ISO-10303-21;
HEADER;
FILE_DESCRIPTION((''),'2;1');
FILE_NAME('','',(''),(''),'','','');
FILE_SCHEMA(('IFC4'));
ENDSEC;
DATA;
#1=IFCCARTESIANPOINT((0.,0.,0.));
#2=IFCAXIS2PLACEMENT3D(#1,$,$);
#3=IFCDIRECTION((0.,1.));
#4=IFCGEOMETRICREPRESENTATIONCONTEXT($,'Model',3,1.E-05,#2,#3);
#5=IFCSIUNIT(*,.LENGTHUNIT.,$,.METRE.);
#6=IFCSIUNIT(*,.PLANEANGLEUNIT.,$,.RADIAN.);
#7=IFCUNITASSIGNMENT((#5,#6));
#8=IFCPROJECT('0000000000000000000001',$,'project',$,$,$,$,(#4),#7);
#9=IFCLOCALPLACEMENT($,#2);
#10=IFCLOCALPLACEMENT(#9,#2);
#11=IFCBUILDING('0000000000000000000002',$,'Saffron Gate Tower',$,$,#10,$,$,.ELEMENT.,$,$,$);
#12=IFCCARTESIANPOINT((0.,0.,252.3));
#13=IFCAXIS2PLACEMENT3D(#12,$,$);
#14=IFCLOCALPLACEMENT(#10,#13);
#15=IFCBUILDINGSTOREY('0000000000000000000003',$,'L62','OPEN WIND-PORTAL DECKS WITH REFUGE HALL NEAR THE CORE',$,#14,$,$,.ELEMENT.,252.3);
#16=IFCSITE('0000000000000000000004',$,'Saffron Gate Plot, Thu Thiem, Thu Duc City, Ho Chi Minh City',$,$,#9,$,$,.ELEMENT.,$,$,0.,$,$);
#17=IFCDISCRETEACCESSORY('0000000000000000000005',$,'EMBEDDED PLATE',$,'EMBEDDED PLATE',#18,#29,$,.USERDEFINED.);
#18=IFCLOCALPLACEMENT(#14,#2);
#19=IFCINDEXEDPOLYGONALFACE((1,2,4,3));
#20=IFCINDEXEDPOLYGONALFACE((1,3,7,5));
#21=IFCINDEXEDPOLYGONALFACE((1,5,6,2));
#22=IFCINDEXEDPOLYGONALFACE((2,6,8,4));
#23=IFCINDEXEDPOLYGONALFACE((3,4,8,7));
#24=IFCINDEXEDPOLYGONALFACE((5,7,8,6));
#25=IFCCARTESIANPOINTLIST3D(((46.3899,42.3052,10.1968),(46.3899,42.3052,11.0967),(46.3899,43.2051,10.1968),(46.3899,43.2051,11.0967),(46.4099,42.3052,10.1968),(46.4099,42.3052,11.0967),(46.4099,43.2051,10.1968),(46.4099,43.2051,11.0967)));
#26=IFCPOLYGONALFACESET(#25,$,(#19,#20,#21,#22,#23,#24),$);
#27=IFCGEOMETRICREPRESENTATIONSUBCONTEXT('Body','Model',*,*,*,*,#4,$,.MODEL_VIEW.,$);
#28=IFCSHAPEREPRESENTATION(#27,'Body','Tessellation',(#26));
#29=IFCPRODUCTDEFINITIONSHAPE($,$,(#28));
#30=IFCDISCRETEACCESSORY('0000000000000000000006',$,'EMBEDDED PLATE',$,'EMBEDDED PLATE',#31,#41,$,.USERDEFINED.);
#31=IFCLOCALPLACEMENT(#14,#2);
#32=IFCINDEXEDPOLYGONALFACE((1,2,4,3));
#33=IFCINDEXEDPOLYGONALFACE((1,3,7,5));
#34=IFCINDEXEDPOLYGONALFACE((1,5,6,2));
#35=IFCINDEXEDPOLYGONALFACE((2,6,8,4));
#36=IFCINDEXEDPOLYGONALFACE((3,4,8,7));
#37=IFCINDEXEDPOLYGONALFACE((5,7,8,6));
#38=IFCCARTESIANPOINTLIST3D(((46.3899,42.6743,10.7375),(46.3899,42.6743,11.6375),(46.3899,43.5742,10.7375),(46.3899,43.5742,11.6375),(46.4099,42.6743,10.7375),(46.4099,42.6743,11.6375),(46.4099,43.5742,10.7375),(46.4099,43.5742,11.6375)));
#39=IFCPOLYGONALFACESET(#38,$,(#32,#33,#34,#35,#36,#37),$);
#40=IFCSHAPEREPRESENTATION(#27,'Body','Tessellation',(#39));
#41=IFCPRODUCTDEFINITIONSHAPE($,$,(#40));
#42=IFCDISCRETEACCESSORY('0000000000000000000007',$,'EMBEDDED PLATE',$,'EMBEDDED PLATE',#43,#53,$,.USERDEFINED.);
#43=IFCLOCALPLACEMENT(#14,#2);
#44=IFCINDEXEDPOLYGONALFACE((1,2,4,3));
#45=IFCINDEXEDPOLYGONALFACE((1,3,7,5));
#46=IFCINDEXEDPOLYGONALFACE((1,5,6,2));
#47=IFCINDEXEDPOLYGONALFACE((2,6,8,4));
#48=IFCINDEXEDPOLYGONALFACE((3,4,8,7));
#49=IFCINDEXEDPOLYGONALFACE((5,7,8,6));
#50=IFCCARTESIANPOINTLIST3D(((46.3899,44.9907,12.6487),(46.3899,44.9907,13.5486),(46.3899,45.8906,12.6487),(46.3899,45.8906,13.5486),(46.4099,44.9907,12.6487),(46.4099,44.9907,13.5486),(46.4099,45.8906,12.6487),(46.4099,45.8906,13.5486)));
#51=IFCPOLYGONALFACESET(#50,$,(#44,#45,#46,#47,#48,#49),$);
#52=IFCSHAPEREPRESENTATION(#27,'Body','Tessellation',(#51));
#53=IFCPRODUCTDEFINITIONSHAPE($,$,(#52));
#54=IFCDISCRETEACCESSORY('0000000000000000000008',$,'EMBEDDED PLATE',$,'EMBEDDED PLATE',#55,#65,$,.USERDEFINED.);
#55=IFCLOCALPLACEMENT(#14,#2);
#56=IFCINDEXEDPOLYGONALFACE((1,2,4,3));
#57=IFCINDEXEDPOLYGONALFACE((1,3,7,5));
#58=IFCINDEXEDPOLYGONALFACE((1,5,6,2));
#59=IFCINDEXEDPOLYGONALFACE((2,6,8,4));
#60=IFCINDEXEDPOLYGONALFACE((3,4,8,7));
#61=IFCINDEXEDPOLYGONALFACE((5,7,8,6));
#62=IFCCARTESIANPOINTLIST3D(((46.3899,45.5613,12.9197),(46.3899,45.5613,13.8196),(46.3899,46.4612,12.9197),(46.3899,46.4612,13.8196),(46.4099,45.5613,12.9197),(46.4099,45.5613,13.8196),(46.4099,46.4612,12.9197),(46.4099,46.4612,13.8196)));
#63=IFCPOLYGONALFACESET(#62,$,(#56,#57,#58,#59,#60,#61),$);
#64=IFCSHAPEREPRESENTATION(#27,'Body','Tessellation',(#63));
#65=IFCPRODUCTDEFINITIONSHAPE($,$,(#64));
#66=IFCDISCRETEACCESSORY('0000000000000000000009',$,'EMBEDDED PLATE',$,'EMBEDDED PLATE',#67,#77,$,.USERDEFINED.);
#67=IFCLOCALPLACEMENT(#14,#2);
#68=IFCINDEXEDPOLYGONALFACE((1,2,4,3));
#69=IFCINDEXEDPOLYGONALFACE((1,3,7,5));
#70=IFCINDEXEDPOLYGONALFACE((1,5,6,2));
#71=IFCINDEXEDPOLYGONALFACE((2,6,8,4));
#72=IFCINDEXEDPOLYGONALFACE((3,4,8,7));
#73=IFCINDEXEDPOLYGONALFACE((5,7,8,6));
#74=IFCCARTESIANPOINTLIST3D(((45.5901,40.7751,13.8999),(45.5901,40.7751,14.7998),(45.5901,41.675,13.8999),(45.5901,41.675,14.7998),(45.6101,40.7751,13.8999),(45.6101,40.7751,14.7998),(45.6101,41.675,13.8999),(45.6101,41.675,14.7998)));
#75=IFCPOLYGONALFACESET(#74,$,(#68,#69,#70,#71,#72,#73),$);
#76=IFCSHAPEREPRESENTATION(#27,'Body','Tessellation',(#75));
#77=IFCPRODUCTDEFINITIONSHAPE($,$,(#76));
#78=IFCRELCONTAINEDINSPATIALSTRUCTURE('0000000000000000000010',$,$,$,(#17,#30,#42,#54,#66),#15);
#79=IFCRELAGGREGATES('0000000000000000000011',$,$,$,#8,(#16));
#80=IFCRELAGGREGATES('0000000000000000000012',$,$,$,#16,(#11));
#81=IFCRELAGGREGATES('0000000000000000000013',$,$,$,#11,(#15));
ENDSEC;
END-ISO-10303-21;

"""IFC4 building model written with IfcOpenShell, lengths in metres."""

from ifc_helpers import new_model, si_unit, direction, frame, origin, origin_2d, place, context, subcontext, project, spatial, rectangle, extrude, element, save


model = new_model("IFC4")

# Units and contexts
model_context = context("Model", 3, precision=1e-05, world=origin(), true_north=direction((0.0, 1.0)))
body_context = subcontext(model_context, "Body", "Model", "MODEL_VIEW")
ifc_project = project(units=[si_unit("LENGTHUNIT", "METRE"), si_unit("PLANEANGLEUNIT", "RADIAN")], contexts=[model_context])

# Site, building, storey
site_placement = place(None, origin())
site = spatial("IfcSite", under=ifc_project, at=site_placement, Name="Saffron Gate Plot, Thu Thiem, Thu Duc City, Ho Chi Minh City", CompositionType="ELEMENT", RefElevation=0.0)
building_placement = place(site_placement, origin())
building = spatial("IfcBuilding", under=site, at=building_placement, Name="Saffron Gate Tower", CompositionType="ELEMENT")
storey_placement = place(building_placement, frame((0.0, 0.0, 252.3)))
storey = spatial("IfcBuildingStorey", under=building, at=storey_placement, Name="L62", Description="OPEN WIND-PORTAL DECKS WITH REFUGE HALL NEAR THE CORE", CompositionType="ELEMENT", Elevation=252.3)

# Discrete accessories
for number, where, z_axis, x_axis, name in (
    (1, (46.3999, 42.7551, 10.1968), (0.0, 0.0, 1.0), (0.0, 1.0, 0.0), "EMBEDDED PLATE"),
    (2, (46.3999, 43.1243, 10.7375), (0.0, 0.0, 1.0), (0.0, 1.0, 0.0), "EMBEDDED PLATE"),
    (3, (46.3999, 45.4407, 12.6487), (0.0, 0.0, 1.0), (0.0, 1.0, 0.0), "EMBEDDED PLATE"),
    (4, (46.3999, 46.0112, 12.9197), (0.0, 0.0, 1.0), (0.0, 1.0, 0.0), "EMBEDDED PLATE"),
    (5, (45.6001, 41.2251, 13.8999), (0.0, 0.0, 1.0), (0.0, 1.0, 0.0), "EMBEDDED PLATE"),
):
    element("IfcDiscreteAccessory", number, at=place(storey_placement, frame(where, z_axis=z_axis, x_axis=x_axis)), inside=storey, Name=name, ObjectType="EMBEDDED PLATE", PredefinedType="USERDEFINED", context=body_context, shape_type="SweptSolid", body=[
        extrude(rectangle(XDim=0.8999, YDim=0.02, at=origin_2d()), origin(), (0.0, 0.0, 1.0), 0.8999),
    ])

save(model, "model.ifc")
